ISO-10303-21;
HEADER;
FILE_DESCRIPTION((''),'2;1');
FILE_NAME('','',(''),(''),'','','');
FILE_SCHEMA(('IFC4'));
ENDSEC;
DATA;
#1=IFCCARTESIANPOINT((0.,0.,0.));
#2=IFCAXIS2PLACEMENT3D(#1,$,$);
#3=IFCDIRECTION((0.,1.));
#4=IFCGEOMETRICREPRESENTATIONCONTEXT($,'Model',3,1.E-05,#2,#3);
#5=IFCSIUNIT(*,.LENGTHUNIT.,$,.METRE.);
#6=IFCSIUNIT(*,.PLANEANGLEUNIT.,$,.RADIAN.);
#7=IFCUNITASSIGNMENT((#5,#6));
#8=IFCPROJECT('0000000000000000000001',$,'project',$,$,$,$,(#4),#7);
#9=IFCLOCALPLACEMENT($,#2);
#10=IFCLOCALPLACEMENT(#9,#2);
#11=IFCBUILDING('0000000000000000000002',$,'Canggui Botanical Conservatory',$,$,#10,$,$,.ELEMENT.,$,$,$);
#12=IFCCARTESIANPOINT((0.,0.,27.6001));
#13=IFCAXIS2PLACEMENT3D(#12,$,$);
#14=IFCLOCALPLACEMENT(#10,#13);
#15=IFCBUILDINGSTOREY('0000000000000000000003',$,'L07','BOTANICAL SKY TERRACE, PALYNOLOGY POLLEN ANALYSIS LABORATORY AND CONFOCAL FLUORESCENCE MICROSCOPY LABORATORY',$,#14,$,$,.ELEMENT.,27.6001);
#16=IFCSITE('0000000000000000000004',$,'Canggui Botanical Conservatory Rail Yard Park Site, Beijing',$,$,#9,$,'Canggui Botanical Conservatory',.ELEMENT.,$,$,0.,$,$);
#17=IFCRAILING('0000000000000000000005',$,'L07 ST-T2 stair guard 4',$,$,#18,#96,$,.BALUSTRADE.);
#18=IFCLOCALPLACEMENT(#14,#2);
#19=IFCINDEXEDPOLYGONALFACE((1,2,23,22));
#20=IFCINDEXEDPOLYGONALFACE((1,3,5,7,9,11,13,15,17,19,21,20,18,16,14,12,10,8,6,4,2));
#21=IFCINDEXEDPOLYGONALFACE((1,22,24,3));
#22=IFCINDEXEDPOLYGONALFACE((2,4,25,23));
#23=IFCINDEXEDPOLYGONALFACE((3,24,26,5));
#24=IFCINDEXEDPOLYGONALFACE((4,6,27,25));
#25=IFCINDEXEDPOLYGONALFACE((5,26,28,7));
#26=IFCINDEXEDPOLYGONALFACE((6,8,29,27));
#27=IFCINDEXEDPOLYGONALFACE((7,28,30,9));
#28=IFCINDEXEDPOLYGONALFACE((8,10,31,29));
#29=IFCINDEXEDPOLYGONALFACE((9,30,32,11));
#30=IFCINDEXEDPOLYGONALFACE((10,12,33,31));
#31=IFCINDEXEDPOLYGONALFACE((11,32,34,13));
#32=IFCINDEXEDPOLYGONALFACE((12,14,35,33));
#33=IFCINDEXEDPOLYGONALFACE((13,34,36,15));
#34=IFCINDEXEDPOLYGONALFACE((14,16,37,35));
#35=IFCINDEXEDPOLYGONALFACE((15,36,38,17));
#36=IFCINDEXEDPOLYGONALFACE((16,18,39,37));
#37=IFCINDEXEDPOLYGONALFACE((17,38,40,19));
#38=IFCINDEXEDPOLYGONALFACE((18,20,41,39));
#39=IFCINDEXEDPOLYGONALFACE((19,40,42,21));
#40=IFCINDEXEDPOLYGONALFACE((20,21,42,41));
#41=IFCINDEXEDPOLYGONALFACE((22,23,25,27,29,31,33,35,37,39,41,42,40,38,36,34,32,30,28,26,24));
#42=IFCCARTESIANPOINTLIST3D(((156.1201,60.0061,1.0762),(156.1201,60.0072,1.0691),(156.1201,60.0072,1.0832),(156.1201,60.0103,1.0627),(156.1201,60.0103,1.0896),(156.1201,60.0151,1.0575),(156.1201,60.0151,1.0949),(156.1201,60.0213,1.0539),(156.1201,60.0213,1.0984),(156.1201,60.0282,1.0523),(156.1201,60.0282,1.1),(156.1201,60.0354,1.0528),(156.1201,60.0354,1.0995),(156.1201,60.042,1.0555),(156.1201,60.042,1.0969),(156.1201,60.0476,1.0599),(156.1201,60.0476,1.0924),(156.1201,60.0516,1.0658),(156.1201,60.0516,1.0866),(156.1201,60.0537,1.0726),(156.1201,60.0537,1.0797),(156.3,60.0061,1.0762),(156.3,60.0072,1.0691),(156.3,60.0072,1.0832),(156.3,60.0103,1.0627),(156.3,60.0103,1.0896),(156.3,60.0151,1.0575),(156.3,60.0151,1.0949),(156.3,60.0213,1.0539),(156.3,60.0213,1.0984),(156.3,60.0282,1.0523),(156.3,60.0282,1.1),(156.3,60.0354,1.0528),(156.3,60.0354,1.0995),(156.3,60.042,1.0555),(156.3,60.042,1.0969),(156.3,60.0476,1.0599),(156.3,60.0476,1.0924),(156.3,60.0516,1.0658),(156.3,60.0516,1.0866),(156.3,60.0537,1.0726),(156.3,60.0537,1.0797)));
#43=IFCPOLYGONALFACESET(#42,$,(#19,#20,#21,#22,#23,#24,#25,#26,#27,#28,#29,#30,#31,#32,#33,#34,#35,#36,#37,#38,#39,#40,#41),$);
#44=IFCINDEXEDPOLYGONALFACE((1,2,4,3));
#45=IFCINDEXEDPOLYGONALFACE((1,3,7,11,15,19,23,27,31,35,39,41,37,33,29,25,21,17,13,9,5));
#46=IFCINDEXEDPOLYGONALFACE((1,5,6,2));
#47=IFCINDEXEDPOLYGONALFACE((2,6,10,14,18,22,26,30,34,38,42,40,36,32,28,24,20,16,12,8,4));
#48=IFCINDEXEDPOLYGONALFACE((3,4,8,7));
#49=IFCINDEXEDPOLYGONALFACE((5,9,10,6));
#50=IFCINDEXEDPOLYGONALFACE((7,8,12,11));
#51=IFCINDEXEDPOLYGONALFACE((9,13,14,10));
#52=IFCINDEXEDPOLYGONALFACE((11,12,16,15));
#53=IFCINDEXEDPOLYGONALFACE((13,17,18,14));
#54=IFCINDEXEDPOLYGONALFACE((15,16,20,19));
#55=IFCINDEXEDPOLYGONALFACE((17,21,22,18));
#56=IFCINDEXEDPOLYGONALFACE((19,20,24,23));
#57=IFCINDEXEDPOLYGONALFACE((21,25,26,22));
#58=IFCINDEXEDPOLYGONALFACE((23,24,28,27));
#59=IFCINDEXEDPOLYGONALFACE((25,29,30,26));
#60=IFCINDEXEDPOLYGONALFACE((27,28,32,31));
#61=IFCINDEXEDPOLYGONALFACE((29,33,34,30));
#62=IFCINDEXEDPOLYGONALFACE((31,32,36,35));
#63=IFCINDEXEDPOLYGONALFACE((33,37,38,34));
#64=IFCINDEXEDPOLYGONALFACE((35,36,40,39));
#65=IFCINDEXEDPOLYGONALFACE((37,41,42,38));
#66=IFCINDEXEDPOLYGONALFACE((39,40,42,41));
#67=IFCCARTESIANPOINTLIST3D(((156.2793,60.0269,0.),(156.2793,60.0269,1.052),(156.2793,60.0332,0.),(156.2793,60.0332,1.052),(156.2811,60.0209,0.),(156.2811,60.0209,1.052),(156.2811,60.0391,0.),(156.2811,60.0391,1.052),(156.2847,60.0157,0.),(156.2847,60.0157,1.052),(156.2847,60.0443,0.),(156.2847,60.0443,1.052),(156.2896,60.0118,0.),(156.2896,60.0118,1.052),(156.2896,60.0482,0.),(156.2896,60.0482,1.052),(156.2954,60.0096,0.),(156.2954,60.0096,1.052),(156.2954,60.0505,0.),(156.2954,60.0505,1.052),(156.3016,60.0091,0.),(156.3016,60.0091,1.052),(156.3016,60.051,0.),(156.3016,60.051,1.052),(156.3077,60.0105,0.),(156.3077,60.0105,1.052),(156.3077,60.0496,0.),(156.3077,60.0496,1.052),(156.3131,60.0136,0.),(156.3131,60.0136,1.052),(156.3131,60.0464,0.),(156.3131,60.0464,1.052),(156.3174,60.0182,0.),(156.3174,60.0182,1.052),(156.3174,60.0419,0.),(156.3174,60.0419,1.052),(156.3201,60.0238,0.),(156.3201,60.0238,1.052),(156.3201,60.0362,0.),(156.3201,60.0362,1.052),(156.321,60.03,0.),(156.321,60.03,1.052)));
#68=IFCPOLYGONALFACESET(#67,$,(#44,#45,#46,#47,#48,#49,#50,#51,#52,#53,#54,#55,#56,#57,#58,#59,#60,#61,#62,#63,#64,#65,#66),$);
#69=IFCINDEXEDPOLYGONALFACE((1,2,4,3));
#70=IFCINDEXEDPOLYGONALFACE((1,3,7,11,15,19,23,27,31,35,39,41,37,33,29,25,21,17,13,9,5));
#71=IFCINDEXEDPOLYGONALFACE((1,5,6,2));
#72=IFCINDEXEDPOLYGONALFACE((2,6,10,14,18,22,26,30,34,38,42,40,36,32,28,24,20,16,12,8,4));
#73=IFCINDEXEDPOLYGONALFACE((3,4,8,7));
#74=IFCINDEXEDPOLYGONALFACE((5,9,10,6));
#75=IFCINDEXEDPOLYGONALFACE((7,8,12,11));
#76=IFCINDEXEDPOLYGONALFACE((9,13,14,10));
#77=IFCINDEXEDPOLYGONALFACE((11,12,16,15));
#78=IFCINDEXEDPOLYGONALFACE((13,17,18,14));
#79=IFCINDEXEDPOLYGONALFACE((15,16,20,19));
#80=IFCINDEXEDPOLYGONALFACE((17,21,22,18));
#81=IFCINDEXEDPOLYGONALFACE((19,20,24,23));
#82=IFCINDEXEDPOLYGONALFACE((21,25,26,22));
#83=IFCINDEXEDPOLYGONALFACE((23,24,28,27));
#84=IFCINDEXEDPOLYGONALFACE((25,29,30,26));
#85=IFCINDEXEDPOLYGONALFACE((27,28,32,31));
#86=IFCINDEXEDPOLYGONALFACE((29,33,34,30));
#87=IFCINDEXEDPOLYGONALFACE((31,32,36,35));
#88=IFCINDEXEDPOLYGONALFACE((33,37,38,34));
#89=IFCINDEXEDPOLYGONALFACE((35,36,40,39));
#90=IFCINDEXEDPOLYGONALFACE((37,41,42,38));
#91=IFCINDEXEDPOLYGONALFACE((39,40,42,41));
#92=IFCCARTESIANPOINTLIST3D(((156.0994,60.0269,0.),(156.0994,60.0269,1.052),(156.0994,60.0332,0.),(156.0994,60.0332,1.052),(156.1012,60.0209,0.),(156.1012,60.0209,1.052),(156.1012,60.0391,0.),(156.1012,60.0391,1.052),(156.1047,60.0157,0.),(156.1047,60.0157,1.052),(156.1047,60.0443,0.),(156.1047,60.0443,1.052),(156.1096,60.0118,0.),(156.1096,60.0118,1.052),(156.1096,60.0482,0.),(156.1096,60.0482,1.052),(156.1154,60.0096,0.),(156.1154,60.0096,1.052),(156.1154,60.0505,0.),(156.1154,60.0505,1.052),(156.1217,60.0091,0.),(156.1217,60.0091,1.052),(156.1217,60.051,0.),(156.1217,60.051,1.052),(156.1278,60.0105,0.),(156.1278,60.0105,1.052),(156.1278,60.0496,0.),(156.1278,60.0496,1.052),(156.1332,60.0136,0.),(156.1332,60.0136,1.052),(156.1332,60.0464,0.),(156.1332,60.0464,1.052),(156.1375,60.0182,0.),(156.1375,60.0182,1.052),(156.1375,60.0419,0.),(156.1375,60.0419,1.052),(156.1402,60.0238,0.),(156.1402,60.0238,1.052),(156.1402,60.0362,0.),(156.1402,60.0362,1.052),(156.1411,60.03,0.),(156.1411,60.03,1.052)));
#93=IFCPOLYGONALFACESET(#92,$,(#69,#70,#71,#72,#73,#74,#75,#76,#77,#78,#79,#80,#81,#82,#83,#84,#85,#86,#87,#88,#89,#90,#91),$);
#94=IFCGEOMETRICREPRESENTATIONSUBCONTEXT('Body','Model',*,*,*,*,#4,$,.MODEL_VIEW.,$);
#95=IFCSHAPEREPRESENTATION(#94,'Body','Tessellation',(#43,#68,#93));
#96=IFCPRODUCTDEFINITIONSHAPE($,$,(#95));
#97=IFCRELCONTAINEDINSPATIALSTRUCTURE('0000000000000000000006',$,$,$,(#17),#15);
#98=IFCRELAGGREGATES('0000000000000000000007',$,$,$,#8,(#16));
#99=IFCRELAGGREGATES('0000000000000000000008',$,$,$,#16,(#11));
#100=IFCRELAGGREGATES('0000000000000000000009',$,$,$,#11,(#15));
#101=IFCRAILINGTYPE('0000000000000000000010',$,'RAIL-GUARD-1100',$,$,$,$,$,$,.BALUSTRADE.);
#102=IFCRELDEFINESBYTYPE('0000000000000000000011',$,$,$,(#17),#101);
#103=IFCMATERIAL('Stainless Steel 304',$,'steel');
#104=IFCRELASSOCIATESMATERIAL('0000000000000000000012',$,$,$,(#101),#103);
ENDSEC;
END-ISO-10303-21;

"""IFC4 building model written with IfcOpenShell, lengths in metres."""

from ifc_helpers import new_model, si_unit, direction, frame, origin, origin_2d, place, context, subcontext, project, spatial, circle, extrude, material, type_object, element, save


model = new_model("IFC4")

# Units and contexts
model_context = context("Model", 3, precision=1e-05, world=origin(), true_north=direction((0.0, 1.0)))
body_context = subcontext(model_context, "Body", "Model", "MODEL_VIEW")
ifc_project = project(units=[si_unit("LENGTHUNIT", "METRE"), si_unit("PLANEANGLEUNIT", "RADIAN")], contexts=[model_context])

# Site, building, storey
site_placement = place(None, origin())
site = spatial("IfcSite", under=ifc_project, at=site_placement, Name="Canggui Botanical Conservatory Rail Yard Park Site, Beijing", LongName="Canggui Botanical Conservatory", CompositionType="ELEMENT", RefElevation=0.0)
building_placement = place(site_placement, origin())
building = spatial("IfcBuilding", under=site, at=building_placement, Name="Canggui Botanical Conservatory", CompositionType="ELEMENT")
storey_placement = place(building_placement, frame((0.0, 0.0, 27.6001)))
storey = spatial("IfcBuildingStorey", under=building, at=storey_placement, Name="L07", Description="BOTANICAL SKY TERRACE, PALYNOLOGY POLLEN ANALYSIS LABORATORY AND CONFOCAL FLUORESCENCE MICROSCOPY LABORATORY", CompositionType="ELEMENT", Elevation=27.6001)

# Shared definitions
ifc_material_1 = material(Name="Stainless Steel 304", Category="steel")

# Railing
railing_type = type_object("IfcRailingType", Name="RAIL-GUARD-1100", PredefinedType="BALUSTRADE", material=ifc_material_1)
railing_1_placement = place(storey_placement, frame((156.3, 60.03, 0.0)))
element("IfcRailing", 1, at=railing_1_placement, inside=storey, type_object=railing_type, Name="L07 ST-T2 stair guard 4", PredefinedType="BALUSTRADE", context=body_context, shape_type="SweptSolid", body=[
    extrude(circle(Radius=0.0239, at=origin_2d()), frame((0.0, 0.0, 1.0762), z_axis=(-1.0, 0.0, 0.0), x_axis=(0.0, -1.0, 0.0)), (0.0, 0.0, 1.0), 0.1799),
    extrude(circle(Radius=0.021, at=origin_2d()), origin(), (0.0, 0.0, 1.0), 1.052),
    extrude(circle(Radius=0.021, at=origin_2d()), frame((-0.1799, 0.0, 0.0)), (0.0, 0.0, 1.0), 1.052),
])

save(model, "model.ifc")
